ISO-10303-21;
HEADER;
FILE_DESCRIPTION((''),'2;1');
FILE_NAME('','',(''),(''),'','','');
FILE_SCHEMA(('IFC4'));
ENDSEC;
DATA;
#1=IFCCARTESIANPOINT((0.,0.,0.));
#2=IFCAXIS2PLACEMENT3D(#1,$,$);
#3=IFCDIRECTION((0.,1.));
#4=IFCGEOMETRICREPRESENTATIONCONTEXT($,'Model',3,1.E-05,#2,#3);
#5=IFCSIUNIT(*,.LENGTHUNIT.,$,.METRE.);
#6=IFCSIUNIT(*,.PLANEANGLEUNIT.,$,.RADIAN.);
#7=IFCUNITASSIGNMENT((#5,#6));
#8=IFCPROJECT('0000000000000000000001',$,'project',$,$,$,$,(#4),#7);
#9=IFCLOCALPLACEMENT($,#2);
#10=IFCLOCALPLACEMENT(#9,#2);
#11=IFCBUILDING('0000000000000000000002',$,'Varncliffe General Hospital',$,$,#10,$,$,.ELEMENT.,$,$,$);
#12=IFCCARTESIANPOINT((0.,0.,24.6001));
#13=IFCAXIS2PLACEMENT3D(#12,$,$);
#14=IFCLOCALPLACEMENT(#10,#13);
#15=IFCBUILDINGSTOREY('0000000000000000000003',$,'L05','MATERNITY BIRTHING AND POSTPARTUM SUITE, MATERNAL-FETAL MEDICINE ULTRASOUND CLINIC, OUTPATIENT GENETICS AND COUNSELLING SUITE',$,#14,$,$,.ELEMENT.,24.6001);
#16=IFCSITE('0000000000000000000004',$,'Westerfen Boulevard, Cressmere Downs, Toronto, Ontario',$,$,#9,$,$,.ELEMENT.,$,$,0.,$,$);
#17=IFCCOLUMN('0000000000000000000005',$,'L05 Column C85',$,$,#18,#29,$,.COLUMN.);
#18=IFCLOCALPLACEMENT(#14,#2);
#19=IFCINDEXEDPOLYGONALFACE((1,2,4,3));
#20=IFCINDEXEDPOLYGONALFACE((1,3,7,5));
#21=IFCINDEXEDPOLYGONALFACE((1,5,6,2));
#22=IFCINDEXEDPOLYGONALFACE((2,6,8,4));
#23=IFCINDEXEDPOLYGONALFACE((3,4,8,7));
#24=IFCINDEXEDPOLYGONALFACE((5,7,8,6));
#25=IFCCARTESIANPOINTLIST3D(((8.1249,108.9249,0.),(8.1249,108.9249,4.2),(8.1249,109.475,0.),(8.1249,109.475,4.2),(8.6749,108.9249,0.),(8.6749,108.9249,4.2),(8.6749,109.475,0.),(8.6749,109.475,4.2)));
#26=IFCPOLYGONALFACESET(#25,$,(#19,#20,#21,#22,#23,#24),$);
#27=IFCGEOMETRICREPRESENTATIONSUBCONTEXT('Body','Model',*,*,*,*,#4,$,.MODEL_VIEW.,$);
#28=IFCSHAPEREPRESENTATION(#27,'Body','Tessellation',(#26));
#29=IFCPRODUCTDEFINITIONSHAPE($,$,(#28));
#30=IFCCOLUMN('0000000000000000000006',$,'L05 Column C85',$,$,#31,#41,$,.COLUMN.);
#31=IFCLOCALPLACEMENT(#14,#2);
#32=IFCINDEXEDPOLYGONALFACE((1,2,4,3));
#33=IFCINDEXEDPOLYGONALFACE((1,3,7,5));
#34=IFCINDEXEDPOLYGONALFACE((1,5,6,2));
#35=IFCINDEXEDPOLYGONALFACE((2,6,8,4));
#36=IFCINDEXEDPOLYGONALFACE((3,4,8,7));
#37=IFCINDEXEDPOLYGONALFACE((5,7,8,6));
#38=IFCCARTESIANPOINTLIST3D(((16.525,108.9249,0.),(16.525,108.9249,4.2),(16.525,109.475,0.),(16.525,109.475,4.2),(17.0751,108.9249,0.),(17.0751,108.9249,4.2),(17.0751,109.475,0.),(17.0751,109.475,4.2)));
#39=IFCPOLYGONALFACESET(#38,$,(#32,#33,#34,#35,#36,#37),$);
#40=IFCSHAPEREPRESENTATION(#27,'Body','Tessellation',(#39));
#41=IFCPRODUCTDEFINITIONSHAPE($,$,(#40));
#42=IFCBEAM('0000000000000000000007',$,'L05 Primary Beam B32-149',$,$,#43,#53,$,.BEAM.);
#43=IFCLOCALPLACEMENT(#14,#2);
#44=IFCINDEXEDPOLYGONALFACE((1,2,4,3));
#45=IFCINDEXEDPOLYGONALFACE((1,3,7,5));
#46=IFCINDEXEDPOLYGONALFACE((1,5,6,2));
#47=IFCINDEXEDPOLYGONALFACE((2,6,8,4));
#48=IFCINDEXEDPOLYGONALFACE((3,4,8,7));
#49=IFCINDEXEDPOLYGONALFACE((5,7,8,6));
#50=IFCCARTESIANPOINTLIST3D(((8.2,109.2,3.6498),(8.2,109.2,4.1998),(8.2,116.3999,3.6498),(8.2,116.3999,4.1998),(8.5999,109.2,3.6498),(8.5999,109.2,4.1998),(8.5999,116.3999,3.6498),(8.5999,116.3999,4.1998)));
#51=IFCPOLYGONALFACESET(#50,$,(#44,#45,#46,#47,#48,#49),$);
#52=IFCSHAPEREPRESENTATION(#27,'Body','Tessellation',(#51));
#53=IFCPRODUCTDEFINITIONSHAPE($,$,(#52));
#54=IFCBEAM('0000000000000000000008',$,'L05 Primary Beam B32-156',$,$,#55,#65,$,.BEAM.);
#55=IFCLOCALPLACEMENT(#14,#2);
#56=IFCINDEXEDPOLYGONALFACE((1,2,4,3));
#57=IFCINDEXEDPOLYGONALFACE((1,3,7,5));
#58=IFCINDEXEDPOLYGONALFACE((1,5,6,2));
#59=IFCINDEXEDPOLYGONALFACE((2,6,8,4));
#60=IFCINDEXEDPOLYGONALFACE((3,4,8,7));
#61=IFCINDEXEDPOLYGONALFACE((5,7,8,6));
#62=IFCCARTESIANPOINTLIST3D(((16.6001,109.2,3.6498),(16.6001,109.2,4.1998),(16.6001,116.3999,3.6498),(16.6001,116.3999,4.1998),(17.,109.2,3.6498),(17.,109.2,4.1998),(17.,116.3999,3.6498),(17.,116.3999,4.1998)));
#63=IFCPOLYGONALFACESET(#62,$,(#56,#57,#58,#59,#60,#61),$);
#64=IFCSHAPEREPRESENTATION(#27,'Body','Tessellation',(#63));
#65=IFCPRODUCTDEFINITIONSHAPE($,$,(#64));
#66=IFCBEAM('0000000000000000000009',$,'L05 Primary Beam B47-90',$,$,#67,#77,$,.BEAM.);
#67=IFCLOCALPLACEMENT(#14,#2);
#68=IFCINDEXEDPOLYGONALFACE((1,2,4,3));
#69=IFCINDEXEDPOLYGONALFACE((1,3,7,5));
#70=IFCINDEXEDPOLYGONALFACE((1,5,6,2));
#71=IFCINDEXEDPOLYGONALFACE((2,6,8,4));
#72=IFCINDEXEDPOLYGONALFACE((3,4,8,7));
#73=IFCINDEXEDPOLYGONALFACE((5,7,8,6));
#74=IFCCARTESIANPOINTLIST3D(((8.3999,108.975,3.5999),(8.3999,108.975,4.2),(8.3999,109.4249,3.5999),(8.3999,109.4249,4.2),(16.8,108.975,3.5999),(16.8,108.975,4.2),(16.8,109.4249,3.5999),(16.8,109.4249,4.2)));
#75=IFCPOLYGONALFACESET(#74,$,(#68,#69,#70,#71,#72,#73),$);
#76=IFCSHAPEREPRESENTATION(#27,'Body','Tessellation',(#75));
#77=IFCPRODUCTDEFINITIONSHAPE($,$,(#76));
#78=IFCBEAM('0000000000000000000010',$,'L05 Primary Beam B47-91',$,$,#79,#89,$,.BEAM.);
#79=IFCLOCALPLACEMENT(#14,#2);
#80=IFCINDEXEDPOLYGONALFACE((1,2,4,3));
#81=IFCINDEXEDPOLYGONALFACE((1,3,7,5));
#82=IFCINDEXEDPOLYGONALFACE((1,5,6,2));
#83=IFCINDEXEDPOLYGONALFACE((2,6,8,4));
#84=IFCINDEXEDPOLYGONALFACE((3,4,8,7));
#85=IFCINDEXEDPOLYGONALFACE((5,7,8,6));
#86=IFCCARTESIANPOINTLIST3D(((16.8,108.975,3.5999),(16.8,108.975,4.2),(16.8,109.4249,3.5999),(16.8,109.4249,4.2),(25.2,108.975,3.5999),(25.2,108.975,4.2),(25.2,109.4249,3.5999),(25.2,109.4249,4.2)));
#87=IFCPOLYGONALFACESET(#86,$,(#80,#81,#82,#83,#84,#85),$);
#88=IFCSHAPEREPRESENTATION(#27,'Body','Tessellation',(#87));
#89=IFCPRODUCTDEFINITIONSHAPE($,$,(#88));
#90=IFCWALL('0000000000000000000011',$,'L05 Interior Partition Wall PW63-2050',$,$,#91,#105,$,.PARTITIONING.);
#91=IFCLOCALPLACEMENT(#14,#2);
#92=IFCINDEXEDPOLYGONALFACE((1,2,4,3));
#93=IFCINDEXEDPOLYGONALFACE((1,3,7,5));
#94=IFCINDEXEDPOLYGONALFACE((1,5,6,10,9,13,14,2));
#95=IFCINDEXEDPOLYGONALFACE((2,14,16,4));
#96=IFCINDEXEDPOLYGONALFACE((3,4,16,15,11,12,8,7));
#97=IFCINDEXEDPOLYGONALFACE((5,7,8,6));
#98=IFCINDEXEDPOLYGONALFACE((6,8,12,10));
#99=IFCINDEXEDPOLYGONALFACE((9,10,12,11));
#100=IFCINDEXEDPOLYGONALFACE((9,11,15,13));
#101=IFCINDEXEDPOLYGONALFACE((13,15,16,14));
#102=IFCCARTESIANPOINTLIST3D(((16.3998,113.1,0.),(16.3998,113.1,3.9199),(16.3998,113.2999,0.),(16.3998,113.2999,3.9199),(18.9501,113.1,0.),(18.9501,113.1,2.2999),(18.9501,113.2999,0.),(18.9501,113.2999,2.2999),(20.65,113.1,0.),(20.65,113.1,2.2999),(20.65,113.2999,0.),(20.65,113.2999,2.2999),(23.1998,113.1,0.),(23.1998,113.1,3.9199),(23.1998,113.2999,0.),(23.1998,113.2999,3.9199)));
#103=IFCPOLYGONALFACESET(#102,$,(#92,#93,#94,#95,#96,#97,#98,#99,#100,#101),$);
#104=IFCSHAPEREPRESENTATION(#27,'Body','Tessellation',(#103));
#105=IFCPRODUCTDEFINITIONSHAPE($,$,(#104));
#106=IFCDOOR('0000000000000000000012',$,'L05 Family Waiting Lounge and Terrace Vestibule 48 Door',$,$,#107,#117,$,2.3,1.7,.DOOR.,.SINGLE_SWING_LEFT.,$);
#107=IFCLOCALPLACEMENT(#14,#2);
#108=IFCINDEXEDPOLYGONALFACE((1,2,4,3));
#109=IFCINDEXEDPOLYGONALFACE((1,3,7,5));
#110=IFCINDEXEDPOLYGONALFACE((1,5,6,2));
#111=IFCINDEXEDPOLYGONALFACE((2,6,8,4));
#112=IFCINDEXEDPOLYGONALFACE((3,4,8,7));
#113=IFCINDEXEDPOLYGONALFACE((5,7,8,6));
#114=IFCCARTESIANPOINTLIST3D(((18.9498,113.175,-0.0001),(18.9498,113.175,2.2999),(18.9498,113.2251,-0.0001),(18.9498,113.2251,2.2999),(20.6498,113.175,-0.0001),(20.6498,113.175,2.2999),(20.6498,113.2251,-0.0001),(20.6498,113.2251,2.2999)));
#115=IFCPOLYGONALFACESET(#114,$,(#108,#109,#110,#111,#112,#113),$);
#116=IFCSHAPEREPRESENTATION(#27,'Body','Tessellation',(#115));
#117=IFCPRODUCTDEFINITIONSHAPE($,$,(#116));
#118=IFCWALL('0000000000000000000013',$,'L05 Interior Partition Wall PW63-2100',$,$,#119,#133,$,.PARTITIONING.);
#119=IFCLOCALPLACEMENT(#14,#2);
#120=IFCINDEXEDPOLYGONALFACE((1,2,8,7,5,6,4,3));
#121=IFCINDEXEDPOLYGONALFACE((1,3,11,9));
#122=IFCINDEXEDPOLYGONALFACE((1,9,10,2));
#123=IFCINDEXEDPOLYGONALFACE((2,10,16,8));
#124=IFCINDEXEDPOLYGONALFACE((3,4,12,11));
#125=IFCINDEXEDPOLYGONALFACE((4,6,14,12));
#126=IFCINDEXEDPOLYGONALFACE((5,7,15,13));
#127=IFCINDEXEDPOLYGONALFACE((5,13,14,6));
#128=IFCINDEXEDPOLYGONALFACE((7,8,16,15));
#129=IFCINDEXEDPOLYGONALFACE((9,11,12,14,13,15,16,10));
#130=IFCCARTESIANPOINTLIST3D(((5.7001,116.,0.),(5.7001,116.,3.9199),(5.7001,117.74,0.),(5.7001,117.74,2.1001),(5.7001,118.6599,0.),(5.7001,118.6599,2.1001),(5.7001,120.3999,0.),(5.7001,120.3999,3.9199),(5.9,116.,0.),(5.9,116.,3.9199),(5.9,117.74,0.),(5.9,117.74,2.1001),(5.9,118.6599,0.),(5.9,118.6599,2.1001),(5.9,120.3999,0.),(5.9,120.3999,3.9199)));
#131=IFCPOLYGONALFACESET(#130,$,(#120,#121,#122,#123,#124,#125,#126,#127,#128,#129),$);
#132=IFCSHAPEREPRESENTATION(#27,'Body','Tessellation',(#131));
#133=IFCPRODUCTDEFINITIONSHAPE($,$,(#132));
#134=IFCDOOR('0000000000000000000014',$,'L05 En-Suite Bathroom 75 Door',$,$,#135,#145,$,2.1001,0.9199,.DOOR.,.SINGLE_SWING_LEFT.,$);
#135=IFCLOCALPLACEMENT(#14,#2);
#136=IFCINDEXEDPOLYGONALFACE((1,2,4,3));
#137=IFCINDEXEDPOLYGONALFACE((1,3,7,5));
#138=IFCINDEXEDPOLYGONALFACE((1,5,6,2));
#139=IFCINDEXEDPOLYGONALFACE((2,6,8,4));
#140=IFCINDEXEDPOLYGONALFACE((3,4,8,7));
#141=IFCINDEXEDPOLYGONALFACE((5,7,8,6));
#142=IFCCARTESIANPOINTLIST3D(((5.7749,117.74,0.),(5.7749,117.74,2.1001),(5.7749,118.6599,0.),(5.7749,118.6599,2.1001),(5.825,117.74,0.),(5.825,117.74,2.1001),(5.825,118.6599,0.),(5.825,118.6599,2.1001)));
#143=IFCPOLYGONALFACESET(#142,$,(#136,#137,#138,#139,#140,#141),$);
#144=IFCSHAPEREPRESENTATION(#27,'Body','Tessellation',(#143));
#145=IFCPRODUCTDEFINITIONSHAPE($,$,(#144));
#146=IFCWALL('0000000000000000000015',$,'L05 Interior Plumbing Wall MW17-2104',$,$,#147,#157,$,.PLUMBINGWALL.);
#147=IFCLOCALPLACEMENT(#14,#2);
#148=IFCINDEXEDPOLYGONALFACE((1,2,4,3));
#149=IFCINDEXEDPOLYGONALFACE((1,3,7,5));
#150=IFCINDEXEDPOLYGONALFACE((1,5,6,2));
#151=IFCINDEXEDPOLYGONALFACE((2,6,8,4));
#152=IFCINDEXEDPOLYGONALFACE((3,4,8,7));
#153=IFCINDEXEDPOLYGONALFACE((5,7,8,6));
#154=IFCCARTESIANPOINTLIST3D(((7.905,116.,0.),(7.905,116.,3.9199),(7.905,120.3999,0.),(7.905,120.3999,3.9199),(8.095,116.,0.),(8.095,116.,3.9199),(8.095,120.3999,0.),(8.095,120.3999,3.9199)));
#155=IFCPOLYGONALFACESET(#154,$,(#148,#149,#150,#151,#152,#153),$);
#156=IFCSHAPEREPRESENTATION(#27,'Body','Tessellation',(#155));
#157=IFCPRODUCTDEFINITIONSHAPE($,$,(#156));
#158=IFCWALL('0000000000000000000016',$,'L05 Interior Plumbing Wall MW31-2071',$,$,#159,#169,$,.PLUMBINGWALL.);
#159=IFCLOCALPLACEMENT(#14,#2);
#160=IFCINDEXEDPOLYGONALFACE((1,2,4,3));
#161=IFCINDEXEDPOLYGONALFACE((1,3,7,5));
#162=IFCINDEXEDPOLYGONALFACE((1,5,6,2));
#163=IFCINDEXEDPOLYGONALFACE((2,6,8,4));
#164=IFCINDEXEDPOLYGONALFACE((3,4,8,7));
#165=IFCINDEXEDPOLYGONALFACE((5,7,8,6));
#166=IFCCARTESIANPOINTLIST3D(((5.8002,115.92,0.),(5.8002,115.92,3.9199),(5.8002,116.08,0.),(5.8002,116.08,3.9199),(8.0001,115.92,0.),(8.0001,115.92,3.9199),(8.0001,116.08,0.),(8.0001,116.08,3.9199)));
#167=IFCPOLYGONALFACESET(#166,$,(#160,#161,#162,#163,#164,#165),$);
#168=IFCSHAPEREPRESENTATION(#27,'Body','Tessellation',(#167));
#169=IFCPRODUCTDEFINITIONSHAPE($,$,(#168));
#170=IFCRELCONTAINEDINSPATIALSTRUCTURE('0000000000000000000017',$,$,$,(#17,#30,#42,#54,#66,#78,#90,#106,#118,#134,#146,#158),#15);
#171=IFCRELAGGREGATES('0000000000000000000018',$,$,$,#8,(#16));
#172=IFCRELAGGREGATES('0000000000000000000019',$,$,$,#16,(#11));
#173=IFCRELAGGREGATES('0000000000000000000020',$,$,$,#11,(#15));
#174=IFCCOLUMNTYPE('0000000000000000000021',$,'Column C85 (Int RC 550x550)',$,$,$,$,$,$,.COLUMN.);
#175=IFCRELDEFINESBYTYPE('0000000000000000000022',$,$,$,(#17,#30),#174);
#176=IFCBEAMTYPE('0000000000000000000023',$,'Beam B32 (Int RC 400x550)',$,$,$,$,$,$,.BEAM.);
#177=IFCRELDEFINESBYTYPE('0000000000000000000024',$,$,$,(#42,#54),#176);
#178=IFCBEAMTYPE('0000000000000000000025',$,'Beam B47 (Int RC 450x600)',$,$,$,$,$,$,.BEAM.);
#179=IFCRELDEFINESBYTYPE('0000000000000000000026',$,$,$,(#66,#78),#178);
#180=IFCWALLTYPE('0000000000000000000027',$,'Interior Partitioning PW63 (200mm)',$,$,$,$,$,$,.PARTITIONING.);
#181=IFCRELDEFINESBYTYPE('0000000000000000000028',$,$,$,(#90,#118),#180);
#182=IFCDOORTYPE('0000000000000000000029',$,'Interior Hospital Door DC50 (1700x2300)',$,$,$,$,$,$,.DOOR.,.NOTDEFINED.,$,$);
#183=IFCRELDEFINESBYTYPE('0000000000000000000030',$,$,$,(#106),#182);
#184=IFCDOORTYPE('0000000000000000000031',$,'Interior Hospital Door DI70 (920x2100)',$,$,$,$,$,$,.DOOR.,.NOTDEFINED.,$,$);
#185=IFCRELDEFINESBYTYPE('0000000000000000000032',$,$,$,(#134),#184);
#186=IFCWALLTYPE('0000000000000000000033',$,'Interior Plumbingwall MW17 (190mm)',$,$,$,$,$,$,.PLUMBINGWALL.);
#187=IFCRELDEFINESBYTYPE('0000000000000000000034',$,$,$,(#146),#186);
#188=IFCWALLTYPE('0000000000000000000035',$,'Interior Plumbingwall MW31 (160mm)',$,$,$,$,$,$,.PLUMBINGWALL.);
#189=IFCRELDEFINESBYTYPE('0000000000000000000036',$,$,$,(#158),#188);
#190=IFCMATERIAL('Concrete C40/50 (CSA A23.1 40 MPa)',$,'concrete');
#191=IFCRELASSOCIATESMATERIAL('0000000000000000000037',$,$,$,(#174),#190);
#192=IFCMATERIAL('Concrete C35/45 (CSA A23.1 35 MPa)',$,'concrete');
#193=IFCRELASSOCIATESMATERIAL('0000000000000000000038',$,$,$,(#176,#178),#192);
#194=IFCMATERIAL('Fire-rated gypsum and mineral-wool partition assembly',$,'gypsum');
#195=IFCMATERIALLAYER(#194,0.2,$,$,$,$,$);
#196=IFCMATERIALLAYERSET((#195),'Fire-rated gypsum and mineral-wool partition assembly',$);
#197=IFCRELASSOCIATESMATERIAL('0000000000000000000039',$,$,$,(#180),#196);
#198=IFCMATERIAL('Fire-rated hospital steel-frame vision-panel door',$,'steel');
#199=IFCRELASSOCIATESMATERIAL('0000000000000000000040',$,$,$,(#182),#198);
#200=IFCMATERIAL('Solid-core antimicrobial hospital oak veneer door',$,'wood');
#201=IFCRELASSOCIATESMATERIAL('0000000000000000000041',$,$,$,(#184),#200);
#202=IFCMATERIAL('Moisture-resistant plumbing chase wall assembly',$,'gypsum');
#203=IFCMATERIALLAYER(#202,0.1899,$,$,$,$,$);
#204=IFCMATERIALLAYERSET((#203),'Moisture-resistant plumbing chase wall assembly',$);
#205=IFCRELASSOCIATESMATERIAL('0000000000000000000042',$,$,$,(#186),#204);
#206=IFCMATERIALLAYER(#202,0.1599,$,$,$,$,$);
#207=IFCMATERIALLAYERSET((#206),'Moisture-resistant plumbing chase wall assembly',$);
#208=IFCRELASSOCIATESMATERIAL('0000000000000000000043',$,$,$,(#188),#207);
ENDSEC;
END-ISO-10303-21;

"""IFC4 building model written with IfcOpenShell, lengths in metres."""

from ifc_helpers import new_model, si_unit, direction, frame, frame_2d, origin, origin_2d, place, context, subcontext, project, spatial, rectangle, extrude, material, layer, layer_set, material_profile, profile_set, type_object, element, fill, save


model = new_model("IFC4")

# Units and contexts
model_context = context("Model", 3, precision=1e-05, world=origin(), true_north=direction((0.0, 1.0)))
body_context = subcontext(model_context, "Body", "Model", "MODEL_VIEW")
ifc_project = project(units=[si_unit("LENGTHUNIT", "METRE"), si_unit("PLANEANGLEUNIT", "RADIAN")], contexts=[model_context])

# Site, building, storey
site_placement = place(None, origin())
site = spatial("IfcSite", under=ifc_project, at=site_placement, Name="Westerfen Boulevard, Cressmere Downs, Toronto, Ontario", CompositionType="ELEMENT", RefElevation=0.0)
building_placement = place(site_placement, origin())
building = spatial("IfcBuilding", under=site, at=building_placement, Name="Varncliffe General Hospital", CompositionType="ELEMENT")
storey_placement = place(building_placement, frame((0.0, 0.0, 24.6001)))
storey = spatial("IfcBuildingStorey", under=building, at=storey_placement, Name="L05", Description="MATERNITY BIRTHING AND POSTPARTUM SUITE, MATERNAL-FETAL MEDICINE ULTRASOUND CLINIC, OUTPATIENT GENETICS AND COUNSELLING SUITE", CompositionType="ELEMENT", Elevation=24.6001)

# Columns
ifc_material_1 = material(Name="Concrete C40/50 (CSA A23.1 40 MPa)", Category="concrete")
ifc_material_profile_1 = material_profile(ifc_material_1, rectangle(XDim=0.55, YDim=0.55, at=origin_2d()), Name="RC 550x550")
ifc_profile_set_1 = profile_set([ifc_material_profile_1], Name="Concrete C40/50 (CSA A23.1 40 MPa)")
column_type = type_object("IfcColumnType", Name="Column C85 (Int RC 550x550)", PredefinedType="COLUMN", material=ifc_profile_set_1)
for number, where, z_axis, x_axis, name in (
    (1, (8.3999, 109.2, 0.0), (0.0, 0.0, 1.0), (1.0, 0.0, 0.0), "L05 Column C85"),
    (2, (16.8, 109.2, 0.0), (0.0, 0.0, 1.0), (1.0, 0.0, 0.0), "L05 Column C85"),
):
    element("IfcColumn", number, at=place(storey_placement, frame(where, z_axis=z_axis, x_axis=x_axis)), inside=storey, type_object=column_type, Name=name, PredefinedType="COLUMN", context=body_context, shape_type="SweptSolid", body=[
        extrude(rectangle(XDim=0.55, YDim=0.55, at=origin_2d()), origin(), (0.0, 0.0, 1.0), 4.2),
    ])

# Beams
ifc_material_2 = material(Name="Concrete C35/45 (CSA A23.1 35 MPa)", Category="concrete")
ifc_material_profile_2 = material_profile(ifc_material_2, rectangle(XDim=0.3999, YDim=0.55, at=origin_2d()), Name="RC 400x550")
ifc_profile_set_2 = profile_set([ifc_material_profile_2], Name="Concrete C35/45 (CSA A23.1 35 MPa)")
beam_type_1 = type_object("IfcBeamType", Name="Beam B32 (Int RC 400x550)", PredefinedType="BEAM", material=ifc_profile_set_2)
for number, where, z_axis, x_axis, name in (
    (3, (8.3999, 109.2, 3.9248), (0.0, 1.0, 0.0), (-1.0, 0.0, 0.0), "L05 Primary Beam B32-149"),
    (4, (16.8, 109.2, 3.9248), (0.0, 1.0, 0.0), (-1.0, 0.0, 0.0), "L05 Primary Beam B32-156"),
):
    element("IfcBeam", number, at=place(storey_placement, frame(where, z_axis=z_axis, x_axis=x_axis)), inside=storey, type_object=beam_type_1, Name=name, PredefinedType="BEAM", context=body_context, shape_type="SweptSolid", body=[
        extrude(rectangle(XDim=0.3999, YDim=0.55, at=origin_2d()), origin(), (0.0, 0.0, 1.0), 7.2),
    ])
ifc_material_profile_3 = material_profile(ifc_material_2, rectangle(XDim=0.45, YDim=0.6001, at=origin_2d()), Name="RC 450x600")
ifc_profile_set_3 = profile_set([ifc_material_profile_3], Name="Concrete C35/45 (CSA A23.1 35 MPa)")
beam_type_2 = type_object("IfcBeamType", Name="Beam B47 (Int RC 450x600)", PredefinedType="BEAM", material=ifc_profile_set_3)
beam_1_placement = place(storey_placement, frame((8.3999, 109.2, 3.8999), z_axis=(1.0, 0.0, 0.0), x_axis=(0.0, 1.0, 0.0)))
element("IfcBeam", 5, at=beam_1_placement, inside=storey, type_object=beam_type_2, Name="L05 Primary Beam B47-90", PredefinedType="BEAM", context=body_context, shape_type="SweptSolid", body=[
    extrude(rectangle(XDim=0.45, YDim=0.6001, at=origin_2d()), origin(), (0.0, 0.0, 1.0), 8.4001),
])
beam_2_placement = place(storey_placement, frame((16.8, 109.2, 3.8999), z_axis=(1.0, 0.0, 0.0), x_axis=(0.0, 1.0, 0.0)))
element("IfcBeam", 6, at=beam_2_placement, inside=storey, type_object=beam_type_2, Name="L05 Primary Beam B47-91", PredefinedType="BEAM", context=body_context, shape_type="SweptSolid", body=[
    extrude(rectangle(XDim=0.45, YDim=0.6001, at=origin_2d()), origin(), (0.0, 0.0, 1.0), 8.3999),
])

# Walls, openings, doors
ifc_material_3 = material(Name="Fire-rated gypsum and mineral-wool partition assembly", Category="gypsum")
ifc_layer_1 = layer(ifc_material_3, 0.2)
ifc_layer_set_1 = layer_set([ifc_layer_1], Name="Fire-rated gypsum and mineral-wool partition assembly")
wall_type_1 = type_object("IfcWallType", Name="Interior Partitioning PW63 (200mm)", PredefinedType="PARTITIONING", material=ifc_layer_set_1)
wall_1_placement = place(storey_placement, frame((16.3999, 113.2, 0.0), z_axis=(0.0, 0.0, 1.0), x_axis=(1.0, 0.0, 0.0)))
wall_1 = element("IfcWall", 7, at=wall_1_placement, inside=storey, type_object=wall_type_1, Name="L05 Interior Partition Wall PW63-2050", PredefinedType="PARTITIONING", context=body_context, shape_type="SweptSolid", body=[
    extrude(rectangle(XDim=6.8, YDim=0.2, at=frame_2d((3.3999, 0.0))), origin(), (0.0, 0.0, 1.0), 3.9199),
])
opening_1_placement = place(wall_1_placement, frame((2.55, 0.0, 0.0)))
opening_1 = element("IfcOpeningElement", 8, at=opening_1_placement, cuts=wall_1, PredefinedType="OPENING", context=body_context, shape_type="SweptSolid", body=[
    extrude(rectangle(XDim=1.7, YDim=2.3, at=frame_2d((0.8501, 1.1499))), frame((0.0, 0.1099, 0.0), z_axis=(0.0, -1.0, 0.0), x_axis=(1.0, 0.0, 0.0)), (0.0, 0.0, 1.0), 0.22),
])
ifc_material_4 = material(Name="Fire-rated hospital steel-frame vision-panel door", Category="steel")
door_type_1 = type_object("IfcDoorType", Name="Interior Hospital Door DC50 (1700x2300)", OperationType="NOTDEFINED", PredefinedType="DOOR", material=ifc_material_4)
door_1_placement = place(opening_1_placement, frame((1.7, 0.0, 0.0), z_axis=(0.0, 0.0, 1.0), x_axis=(-1.0, 0.0, 0.0)))
door_1 = element("IfcDoor", 9, at=door_1_placement, inside=storey, type_object=door_type_1, Name="L05 Family Waiting Lounge and Terrace Vestibule 48 Door", OperationType="SINGLE_SWING_LEFT", OverallHeight=2.3, OverallWidth=1.7, PredefinedType="DOOR", context=body_context, shape_type="SweptSolid", body=[
    extrude(rectangle(XDim=1.7, YDim=2.3, at=frame_2d((0.8501, 1.1499))), frame((0.0, 0.0249, 0.0), z_axis=(0.0, -1.0, 0.0), x_axis=(1.0, 0.0, 0.0)), (0.0, 0.0, 1.0), 0.05),
])
fill(opening_1, door_1)
wall_2_placement = place(storey_placement, frame((5.8, 116.0, 0.0), z_axis=(0.0, 0.0, 1.0), x_axis=(0.0, 1.0, 0.0)))
wall_2 = element("IfcWall", 10, at=wall_2_placement, inside=storey, type_object=wall_type_1, Name="L05 Interior Partition Wall PW63-2100", PredefinedType="PARTITIONING", context=body_context, shape_type="SweptSolid", body=[
    extrude(rectangle(XDim=4.3999, YDim=0.2, at=frame_2d((2.2, 0.0))), origin(), (0.0, 0.0, 1.0), 3.9199),
])
opening_2_placement = place(wall_2_placement, frame((1.74, 0.0, 0.0)))
opening_2 = element("IfcOpeningElement", 11, at=opening_2_placement, cuts=wall_2, PredefinedType="OPENING", context=body_context, shape_type="SweptSolid", body=[
    extrude(rectangle(XDim=0.9199, YDim=2.1001, at=frame_2d((0.46, 1.05))), frame((0.0, 0.1099, 0.0), z_axis=(0.0, -1.0, 0.0), x_axis=(1.0, 0.0, 0.0)), (0.0, 0.0, 1.0), 0.22),
])
ifc_material_5 = material(Name="Solid-core antimicrobial hospital oak veneer door", Category="wood")
door_type_2 = type_object("IfcDoorType", Name="Interior Hospital Door DI70 (920x2100)", OperationType="NOTDEFINED", PredefinedType="DOOR", material=ifc_material_5)
door_2_placement = place(opening_2_placement, frame((0.9199, 0.0, 0.0), z_axis=(0.0, 0.0, 1.0), x_axis=(-1.0, 0.0, 0.0)))
door_2 = element("IfcDoor", 12, at=door_2_placement, inside=storey, type_object=door_type_2, Name="L05 En-Suite Bathroom 75 Door", OperationType="SINGLE_SWING_LEFT", OverallHeight=2.1001, OverallWidth=0.9199, PredefinedType="DOOR", context=body_context, shape_type="SweptSolid", body=[
    extrude(rectangle(XDim=0.9199, YDim=2.1001, at=frame_2d((0.46, 1.05))), frame((0.0, 0.0249, 0.0), z_axis=(0.0, -1.0, 0.0), x_axis=(1.0, 0.0, 0.0)), (0.0, 0.0, 1.0), 0.05),
])
fill(opening_2, door_2)

# Walls
ifc_material_6 = material(Name="Moisture-resistant plumbing chase wall assembly", Category="gypsum")
ifc_layer_2 = layer(ifc_material_6, 0.1899)
ifc_layer_set_2 = layer_set([ifc_layer_2], Name="Moisture-resistant plumbing chase wall assembly")
wall_type_2 = type_object("IfcWallType", Name="Interior Plumbingwall MW17 (190mm)", PredefinedType="PLUMBINGWALL", material=ifc_layer_set_2)
wall_3_placement = place(storey_placement, frame((8.0, 116.0, 0.0), z_axis=(0.0, 0.0, 1.0), x_axis=(0.0, 1.0, 0.0)))
element("IfcWall", 13, at=wall_3_placement, inside=storey, type_object=wall_type_2, Name="L05 Interior Plumbing Wall MW17-2104", PredefinedType="PLUMBINGWALL", context=body_context, shape_type="SweptSolid", body=[
    extrude(rectangle(XDim=4.3999, YDim=0.1899, at=frame_2d((2.2, 0.0))), origin(), (0.0, 0.0, 1.0), 3.9199),
])
ifc_layer_3 = layer(ifc_material_6, 0.1599)
ifc_layer_set_3 = layer_set([ifc_layer_3], Name="Moisture-resistant plumbing chase wall assembly")
wall_type_3 = type_object("IfcWallType", Name="Interior Plumbingwall MW31 (160mm)", PredefinedType="PLUMBINGWALL", material=ifc_layer_set_3)
wall_4_placement = place(storey_placement, frame((5.8, 116.0, 0.0), z_axis=(0.0, 0.0, 1.0), x_axis=(1.0, 0.0, 0.0)))
element("IfcWall", 14, at=wall_4_placement, inside=storey, type_object=wall_type_3, Name="L05 Interior Plumbing Wall MW31-2071", PredefinedType="PLUMBINGWALL", context=body_context, shape_type="SweptSolid", body=[
    extrude(rectangle(XDim=2.2, YDim=0.1599, at=frame_2d((1.1001, 0.0))), origin(), (0.0, 0.0, 1.0), 3.9199),
])

save(model, "model.ifc")
